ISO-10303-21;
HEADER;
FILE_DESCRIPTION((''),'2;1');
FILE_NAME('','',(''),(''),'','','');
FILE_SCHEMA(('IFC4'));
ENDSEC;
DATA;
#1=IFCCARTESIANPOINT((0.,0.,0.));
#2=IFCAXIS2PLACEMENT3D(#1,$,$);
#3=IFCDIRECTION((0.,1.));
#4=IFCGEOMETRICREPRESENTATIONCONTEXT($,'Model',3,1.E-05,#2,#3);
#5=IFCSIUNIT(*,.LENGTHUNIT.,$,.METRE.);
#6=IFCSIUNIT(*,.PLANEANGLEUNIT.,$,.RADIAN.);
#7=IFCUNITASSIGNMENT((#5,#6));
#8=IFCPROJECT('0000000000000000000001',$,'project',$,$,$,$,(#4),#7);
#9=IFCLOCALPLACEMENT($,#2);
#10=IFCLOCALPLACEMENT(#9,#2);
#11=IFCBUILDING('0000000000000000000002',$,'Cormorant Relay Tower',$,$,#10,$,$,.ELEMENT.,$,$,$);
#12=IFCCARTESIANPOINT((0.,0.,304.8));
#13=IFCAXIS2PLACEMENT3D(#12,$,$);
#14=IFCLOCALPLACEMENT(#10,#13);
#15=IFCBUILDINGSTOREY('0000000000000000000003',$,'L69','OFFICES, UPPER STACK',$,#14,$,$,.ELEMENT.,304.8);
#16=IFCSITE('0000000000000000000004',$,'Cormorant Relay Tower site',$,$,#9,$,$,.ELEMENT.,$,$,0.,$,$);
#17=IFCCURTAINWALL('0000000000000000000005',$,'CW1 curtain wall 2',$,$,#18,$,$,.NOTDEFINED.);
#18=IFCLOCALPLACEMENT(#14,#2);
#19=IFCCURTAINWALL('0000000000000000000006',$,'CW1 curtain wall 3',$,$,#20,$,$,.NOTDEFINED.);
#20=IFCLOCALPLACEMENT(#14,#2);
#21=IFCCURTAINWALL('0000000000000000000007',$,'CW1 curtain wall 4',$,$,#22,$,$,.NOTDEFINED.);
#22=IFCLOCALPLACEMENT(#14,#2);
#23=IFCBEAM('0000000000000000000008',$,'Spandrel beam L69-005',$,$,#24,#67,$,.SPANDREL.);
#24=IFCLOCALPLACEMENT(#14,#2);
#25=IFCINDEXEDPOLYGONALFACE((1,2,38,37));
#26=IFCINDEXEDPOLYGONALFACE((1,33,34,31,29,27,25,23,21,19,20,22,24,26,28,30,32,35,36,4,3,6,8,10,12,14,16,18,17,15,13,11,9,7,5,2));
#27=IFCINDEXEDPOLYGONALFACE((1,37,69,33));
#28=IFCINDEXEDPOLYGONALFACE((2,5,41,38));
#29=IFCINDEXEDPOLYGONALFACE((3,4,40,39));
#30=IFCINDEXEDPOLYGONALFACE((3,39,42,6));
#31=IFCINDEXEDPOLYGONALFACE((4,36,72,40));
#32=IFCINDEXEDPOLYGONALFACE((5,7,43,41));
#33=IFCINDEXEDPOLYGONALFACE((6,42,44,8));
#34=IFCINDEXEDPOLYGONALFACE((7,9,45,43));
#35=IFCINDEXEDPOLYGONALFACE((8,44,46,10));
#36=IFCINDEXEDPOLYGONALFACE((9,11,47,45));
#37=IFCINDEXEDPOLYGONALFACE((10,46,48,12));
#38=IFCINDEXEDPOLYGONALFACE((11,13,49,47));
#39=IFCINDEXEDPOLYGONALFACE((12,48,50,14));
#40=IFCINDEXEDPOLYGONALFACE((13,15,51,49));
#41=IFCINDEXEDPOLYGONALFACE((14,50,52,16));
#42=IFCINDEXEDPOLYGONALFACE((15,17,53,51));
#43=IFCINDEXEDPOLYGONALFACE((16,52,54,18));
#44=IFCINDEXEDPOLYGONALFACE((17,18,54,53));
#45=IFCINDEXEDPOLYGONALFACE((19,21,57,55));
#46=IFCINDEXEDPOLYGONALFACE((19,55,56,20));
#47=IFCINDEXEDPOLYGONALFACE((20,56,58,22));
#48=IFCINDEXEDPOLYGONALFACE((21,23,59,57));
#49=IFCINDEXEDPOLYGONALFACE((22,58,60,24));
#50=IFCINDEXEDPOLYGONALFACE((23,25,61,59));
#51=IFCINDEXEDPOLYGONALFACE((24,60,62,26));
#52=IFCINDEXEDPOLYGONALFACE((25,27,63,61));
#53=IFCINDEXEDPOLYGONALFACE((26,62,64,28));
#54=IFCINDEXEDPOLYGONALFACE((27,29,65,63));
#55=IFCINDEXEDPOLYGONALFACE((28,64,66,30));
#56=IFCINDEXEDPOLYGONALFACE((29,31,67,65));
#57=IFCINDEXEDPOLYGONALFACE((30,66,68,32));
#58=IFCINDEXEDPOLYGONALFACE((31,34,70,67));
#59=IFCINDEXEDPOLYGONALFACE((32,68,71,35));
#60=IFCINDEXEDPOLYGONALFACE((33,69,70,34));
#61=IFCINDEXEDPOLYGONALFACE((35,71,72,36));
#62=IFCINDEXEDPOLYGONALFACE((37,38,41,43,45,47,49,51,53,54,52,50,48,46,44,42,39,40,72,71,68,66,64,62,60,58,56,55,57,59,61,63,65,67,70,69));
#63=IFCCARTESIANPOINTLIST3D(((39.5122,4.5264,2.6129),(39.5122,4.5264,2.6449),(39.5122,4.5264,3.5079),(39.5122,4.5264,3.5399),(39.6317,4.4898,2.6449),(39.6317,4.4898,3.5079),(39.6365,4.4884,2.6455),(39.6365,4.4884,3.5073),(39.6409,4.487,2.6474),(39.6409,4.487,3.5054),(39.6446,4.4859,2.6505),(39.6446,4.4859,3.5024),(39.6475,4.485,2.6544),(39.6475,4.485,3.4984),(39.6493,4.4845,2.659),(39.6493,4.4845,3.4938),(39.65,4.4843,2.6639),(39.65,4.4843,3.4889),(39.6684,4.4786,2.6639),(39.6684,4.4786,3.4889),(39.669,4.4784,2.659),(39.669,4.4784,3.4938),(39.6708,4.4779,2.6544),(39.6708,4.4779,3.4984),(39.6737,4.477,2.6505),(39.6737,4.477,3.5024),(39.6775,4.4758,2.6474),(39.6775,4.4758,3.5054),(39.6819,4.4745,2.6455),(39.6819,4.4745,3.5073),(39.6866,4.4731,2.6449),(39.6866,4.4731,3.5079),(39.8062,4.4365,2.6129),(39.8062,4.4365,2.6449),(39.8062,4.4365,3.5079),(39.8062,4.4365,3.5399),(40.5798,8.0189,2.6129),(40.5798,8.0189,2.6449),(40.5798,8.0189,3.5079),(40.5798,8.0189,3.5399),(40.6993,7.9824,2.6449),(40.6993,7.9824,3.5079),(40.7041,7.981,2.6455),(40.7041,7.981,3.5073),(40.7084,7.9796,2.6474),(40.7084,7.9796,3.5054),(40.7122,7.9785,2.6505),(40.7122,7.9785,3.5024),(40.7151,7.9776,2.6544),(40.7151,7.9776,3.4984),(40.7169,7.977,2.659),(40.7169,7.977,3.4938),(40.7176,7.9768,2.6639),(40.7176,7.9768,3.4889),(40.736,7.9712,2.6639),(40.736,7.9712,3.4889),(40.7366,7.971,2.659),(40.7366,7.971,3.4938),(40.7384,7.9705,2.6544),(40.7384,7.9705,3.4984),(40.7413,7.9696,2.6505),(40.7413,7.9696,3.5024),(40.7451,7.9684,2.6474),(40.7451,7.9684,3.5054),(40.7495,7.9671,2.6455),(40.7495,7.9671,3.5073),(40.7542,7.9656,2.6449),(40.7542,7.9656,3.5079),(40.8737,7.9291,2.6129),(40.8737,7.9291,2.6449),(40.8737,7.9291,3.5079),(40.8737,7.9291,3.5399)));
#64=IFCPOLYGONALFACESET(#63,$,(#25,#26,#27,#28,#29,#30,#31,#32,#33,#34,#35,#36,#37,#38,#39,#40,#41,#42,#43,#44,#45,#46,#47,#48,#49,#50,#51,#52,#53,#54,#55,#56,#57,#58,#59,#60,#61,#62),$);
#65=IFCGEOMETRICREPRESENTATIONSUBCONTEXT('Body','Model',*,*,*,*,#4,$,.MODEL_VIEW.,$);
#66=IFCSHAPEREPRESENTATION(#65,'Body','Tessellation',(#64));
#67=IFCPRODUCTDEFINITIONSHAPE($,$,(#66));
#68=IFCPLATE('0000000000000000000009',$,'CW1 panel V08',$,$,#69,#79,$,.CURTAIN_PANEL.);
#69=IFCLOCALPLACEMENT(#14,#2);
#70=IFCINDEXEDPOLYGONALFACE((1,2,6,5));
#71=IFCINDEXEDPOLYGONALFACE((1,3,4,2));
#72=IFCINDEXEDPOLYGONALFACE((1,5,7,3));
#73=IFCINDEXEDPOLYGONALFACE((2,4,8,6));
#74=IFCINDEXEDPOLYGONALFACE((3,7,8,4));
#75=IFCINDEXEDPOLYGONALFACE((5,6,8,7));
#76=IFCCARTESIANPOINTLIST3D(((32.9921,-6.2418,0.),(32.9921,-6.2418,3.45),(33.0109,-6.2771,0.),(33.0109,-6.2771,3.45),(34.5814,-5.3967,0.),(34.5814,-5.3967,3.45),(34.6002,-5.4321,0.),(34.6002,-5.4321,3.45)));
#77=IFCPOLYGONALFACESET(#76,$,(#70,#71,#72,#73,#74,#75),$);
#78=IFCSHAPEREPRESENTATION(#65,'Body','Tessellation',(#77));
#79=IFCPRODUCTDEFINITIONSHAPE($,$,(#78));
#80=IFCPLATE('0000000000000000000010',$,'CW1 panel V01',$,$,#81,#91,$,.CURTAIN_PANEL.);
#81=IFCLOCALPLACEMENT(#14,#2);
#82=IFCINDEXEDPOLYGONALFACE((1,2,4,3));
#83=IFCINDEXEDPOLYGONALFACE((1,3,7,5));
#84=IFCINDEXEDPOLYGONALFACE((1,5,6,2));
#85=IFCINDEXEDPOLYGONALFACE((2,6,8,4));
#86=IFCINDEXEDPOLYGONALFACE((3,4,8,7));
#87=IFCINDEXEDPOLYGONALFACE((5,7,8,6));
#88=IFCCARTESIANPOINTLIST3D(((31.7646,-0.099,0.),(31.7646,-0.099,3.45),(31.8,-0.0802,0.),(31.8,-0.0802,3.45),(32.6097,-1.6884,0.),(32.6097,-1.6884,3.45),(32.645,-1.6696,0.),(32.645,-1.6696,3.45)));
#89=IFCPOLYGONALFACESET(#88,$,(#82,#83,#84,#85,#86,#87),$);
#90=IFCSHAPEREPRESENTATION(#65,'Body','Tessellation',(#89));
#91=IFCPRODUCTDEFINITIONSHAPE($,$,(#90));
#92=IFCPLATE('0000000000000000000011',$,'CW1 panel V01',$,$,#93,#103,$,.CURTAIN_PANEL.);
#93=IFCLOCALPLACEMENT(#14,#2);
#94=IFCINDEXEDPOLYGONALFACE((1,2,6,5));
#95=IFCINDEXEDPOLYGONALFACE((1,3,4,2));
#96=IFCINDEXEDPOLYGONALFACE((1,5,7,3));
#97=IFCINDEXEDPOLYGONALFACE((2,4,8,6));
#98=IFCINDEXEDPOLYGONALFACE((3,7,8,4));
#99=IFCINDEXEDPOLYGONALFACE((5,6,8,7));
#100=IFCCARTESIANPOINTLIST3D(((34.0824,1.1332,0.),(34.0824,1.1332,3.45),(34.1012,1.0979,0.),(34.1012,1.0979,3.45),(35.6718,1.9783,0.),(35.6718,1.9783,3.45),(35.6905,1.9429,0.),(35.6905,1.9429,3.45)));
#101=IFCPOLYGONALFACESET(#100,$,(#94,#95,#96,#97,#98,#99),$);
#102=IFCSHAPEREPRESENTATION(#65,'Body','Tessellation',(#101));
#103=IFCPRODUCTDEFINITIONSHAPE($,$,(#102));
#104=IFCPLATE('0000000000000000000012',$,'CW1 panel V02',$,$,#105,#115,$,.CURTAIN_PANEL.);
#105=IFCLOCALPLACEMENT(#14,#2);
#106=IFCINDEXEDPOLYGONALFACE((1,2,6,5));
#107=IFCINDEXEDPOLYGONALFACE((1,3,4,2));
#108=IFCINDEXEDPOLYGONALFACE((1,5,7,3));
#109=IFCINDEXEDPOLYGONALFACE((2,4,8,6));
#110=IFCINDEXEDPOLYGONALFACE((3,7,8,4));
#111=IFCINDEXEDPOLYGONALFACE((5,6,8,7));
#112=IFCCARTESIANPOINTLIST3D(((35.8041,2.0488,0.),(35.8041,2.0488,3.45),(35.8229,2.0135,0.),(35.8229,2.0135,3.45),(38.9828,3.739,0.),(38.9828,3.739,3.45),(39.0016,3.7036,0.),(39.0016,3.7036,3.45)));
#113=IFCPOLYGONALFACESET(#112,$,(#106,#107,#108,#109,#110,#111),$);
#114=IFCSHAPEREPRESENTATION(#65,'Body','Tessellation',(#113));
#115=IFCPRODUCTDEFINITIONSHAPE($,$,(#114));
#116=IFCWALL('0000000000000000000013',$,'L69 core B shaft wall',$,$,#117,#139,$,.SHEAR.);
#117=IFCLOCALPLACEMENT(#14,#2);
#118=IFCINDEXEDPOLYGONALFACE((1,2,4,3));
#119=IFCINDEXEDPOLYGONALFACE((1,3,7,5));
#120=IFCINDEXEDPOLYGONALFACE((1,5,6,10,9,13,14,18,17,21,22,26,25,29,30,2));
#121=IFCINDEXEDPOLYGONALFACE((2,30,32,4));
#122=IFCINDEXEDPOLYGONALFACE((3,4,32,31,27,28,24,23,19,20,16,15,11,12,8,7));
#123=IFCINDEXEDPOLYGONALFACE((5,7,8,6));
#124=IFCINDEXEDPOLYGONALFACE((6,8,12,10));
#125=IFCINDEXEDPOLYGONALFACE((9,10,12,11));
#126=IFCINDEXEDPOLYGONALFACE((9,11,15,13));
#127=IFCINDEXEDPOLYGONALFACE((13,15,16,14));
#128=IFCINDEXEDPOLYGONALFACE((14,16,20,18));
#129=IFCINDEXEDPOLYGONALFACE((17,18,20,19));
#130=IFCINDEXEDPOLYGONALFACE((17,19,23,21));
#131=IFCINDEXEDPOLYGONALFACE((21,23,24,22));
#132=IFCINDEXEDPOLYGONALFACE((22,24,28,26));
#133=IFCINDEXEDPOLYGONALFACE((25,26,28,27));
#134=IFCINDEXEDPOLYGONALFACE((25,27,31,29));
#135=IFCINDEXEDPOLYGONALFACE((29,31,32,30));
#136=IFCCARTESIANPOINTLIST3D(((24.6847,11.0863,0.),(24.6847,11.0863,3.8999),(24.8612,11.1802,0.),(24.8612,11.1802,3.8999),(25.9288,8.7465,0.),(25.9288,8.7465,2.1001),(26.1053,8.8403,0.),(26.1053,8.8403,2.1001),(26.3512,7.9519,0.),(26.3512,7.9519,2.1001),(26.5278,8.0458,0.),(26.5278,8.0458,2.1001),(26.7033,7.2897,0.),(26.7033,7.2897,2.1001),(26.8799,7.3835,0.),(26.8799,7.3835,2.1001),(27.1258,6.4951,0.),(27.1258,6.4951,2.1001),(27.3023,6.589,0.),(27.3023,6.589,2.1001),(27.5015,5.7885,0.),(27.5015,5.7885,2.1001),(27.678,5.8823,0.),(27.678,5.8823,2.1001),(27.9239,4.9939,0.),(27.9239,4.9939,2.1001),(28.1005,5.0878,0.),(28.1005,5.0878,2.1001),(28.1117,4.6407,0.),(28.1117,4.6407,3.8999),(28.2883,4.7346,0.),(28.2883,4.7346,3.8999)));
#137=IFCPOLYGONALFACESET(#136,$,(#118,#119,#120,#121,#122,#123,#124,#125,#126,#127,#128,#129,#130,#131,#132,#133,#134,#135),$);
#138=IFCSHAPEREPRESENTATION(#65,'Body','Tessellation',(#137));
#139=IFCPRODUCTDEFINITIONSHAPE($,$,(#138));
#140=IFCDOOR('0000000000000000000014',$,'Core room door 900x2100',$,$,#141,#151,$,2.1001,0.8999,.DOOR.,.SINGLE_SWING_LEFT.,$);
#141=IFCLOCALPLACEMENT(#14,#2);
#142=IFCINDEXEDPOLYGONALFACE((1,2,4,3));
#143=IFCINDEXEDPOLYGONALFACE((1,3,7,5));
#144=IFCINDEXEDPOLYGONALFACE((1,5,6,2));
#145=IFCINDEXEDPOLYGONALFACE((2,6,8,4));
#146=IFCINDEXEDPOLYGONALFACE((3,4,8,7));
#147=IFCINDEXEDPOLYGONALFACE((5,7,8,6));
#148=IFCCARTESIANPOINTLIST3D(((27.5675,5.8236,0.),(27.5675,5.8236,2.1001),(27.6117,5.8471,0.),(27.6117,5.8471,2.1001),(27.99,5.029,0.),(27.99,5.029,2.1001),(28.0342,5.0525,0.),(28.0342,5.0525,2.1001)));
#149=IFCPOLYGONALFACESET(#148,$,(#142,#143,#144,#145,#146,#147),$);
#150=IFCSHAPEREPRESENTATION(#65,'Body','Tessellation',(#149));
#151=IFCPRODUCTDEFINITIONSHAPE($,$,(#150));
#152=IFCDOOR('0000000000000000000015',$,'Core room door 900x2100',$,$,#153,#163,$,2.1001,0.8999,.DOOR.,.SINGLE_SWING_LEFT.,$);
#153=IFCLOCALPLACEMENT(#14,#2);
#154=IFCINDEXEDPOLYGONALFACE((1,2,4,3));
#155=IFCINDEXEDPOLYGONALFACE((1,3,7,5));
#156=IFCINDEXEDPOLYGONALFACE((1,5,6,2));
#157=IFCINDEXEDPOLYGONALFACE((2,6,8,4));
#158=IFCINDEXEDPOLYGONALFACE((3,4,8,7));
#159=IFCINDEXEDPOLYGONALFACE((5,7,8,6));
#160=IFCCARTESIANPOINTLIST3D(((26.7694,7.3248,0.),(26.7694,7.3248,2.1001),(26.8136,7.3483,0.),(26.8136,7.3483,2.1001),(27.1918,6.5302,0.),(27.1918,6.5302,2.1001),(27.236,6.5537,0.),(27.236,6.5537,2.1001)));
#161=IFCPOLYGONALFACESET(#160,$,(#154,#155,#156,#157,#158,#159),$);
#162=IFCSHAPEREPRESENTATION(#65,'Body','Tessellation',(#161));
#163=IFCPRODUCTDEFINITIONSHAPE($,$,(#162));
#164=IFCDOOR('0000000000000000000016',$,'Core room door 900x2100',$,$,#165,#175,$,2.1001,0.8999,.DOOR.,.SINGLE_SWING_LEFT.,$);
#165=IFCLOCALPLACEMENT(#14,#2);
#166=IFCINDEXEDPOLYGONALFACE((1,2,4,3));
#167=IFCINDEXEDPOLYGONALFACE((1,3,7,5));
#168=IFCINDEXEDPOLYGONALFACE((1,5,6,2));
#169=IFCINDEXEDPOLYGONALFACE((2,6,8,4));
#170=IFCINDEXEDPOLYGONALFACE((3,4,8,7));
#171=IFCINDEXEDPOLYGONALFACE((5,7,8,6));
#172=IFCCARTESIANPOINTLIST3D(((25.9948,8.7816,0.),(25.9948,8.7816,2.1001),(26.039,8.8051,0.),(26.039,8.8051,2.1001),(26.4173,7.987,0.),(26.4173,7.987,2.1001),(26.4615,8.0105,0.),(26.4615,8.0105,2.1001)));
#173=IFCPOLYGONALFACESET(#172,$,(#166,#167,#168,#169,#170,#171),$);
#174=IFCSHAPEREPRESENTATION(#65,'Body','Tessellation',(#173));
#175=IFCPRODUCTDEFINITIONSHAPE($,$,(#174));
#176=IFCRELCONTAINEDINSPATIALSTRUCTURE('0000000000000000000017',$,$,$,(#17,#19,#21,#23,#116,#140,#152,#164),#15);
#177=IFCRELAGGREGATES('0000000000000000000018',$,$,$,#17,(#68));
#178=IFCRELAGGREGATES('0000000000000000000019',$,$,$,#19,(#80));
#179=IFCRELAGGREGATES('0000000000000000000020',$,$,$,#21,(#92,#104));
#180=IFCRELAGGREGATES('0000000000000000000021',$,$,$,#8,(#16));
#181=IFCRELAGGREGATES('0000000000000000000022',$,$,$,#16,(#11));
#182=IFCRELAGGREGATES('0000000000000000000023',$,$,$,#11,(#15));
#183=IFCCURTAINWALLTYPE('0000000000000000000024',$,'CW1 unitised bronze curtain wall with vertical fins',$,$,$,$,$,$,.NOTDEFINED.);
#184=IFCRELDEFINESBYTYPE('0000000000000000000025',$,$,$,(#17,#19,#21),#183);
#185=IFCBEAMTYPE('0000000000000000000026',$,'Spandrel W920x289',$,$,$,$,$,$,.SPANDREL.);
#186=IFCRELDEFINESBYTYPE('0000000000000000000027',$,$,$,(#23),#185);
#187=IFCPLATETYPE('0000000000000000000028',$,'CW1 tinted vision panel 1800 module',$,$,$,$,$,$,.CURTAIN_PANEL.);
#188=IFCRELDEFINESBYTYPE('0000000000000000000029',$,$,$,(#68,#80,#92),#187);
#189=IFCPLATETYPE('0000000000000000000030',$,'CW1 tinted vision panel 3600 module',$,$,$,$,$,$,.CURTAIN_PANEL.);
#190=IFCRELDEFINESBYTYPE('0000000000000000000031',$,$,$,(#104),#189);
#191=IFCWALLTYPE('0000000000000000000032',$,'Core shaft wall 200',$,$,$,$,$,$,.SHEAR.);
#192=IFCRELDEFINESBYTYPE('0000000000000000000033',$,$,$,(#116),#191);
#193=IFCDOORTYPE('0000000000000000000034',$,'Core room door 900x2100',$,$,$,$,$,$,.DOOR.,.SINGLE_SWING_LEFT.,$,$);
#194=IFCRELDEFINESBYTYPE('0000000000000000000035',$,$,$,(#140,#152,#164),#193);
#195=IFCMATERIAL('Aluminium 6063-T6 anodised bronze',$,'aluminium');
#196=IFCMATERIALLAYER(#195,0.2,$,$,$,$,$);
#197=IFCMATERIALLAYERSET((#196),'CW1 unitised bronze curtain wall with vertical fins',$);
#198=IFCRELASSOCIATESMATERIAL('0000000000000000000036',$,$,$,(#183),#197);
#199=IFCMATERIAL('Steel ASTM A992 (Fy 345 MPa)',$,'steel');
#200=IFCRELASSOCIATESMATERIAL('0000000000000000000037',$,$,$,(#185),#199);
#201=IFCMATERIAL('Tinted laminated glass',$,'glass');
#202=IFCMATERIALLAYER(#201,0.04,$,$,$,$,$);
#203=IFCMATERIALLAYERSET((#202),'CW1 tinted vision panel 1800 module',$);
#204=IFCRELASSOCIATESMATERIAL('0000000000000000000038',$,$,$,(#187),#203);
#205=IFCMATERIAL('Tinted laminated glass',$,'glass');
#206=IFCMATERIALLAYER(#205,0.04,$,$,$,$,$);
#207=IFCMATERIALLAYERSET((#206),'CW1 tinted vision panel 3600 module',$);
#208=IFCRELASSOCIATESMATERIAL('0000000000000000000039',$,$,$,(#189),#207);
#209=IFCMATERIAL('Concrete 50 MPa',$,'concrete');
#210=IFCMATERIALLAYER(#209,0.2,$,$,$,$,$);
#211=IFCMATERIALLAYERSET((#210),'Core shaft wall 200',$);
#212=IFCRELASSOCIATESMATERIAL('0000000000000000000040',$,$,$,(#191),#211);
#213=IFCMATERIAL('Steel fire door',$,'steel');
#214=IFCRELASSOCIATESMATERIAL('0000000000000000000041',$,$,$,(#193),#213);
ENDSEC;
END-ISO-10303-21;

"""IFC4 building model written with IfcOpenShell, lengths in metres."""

from ifc_helpers import new_model, si_unit, direction, frame, frame_2d, origin, origin_2d, place, context, subcontext, project, spatial, rectangle, i_section, extrude, material, layer, layer_set, material_profile, profile_set, type_object, element, fill, aggregate, save


model = new_model("IFC4")

# Units and contexts
model_context = context("Model", 3, precision=1e-05, world=origin(), true_north=direction((0.0, 1.0)))
body_context = subcontext(model_context, "Body", "Model", "MODEL_VIEW")
ifc_project = project(units=[si_unit("LENGTHUNIT", "METRE"), si_unit("PLANEANGLEUNIT", "RADIAN")], contexts=[model_context])

# Site, building, storey
site_placement = place(None, origin())
site = spatial("IfcSite", under=ifc_project, at=site_placement, Name="Cormorant Relay Tower site", CompositionType="ELEMENT", RefElevation=0.0)
building_placement = place(site_placement, origin())
building = spatial("IfcBuilding", under=site, at=building_placement, Name="Cormorant Relay Tower", CompositionType="ELEMENT")
storey_placement = place(building_placement, frame((0.0, 0.0, 304.8)))
storey = spatial("IfcBuildingStorey", under=building, at=storey_placement, Name="L69", Description="OFFICES, UPPER STACK", CompositionType="ELEMENT", Elevation=304.8)

# Curtain walls
ifc_material_1 = material(Name="Aluminium 6063-T6 anodised bronze", Category="aluminium")
ifc_layer_1 = layer(ifc_material_1, 0.2)
ifc_layer_set_1 = layer_set([ifc_layer_1], Name="CW1 unitised bronze curtain wall with vertical fins")
curtain_wall_type = type_object("IfcCurtainWallType", Name="CW1 unitised bronze curtain wall with vertical fins", PredefinedType="NOTDEFINED", material=ifc_layer_set_1)
curtain_wall_1_placement = place(storey_placement, origin())
curtain_wall_1 = element("IfcCurtainWall", 1, at=curtain_wall_1_placement, inside=storey, type_object=curtain_wall_type, Name="CW1 curtain wall 2", PredefinedType="NOTDEFINED")
curtain_wall_2_placement = place(storey_placement, origin())
curtain_wall_2 = element("IfcCurtainWall", 2, at=curtain_wall_2_placement, inside=storey, type_object=curtain_wall_type, Name="CW1 curtain wall 3", PredefinedType="NOTDEFINED")

# Curtain wall
curtain_wall_3_placement = place(storey_placement, origin())
curtain_wall_3 = element("IfcCurtainWall", 3, at=curtain_wall_3_placement, inside=storey, type_object=curtain_wall_type, Name="CW1 curtain wall 4", PredefinedType="NOTDEFINED")

# Beam
ifc_material_2 = material(Name="Steel ASTM A992 (Fy 345 MPa)", Category="steel")
ifc_material_profile_1 = material_profile(ifc_material_2, i_section(OverallWidth=0.3074, OverallDepth=0.927, WebThickness=0.0193, FlangeThickness=0.032, FilletRadius=0.019, at=origin_2d()), Name="W920x289")
ifc_profile_set_1 = profile_set([ifc_material_profile_1], Name="Steel ASTM A992 (Fy 345 MPa)")
beam_type = type_object("IfcBeamType", Name="Spandrel W920x289", PredefinedType="SPANDREL", material=ifc_profile_set_1)
beam_1_placement = place(storey_placement, frame((39.6592, 4.4814, 3.0764), z_axis=(0.292324, 0.956319, 0.0), x_axis=(-0.956319, 0.292324, 0.0)))
element("IfcBeam", 4, at=beam_1_placement, inside=storey, type_object=beam_type, Name="Spandrel beam L69-005", PredefinedType="SPANDREL", context=body_context, shape_type="SweptSolid", body=[
    extrude(i_section(OverallWidth=0.3074, OverallDepth=0.927, WebThickness=0.0193, FlangeThickness=0.032, FilletRadius=0.019, at=origin_2d()), origin(), (0.0, 0.0, 1.0), 3.6521),
])

# Plates
ifc_material_3 = material(Name="Tinted laminated glass", Category="glass")
ifc_layer_2 = layer(ifc_material_3, 0.04)
ifc_layer_set_2 = layer_set([ifc_layer_2], Name="CW1 tinted vision panel 1800 module")
plate_type_1 = type_object("IfcPlateType", Name="CW1 tinted vision panel 1800 module", PredefinedType="CURTAIN_PANEL", material=ifc_layer_set_2)
plate_1_placement = place(storey_placement, frame((33.7961, -5.8369, 0.0), z_axis=(0.0, 0.0, 1.0), x_axis=(0.882948, 0.469472, 0.0)))
plate_1 = element("IfcPlate", 5, at=plate_1_placement, type_object=plate_type_1, Name="CW1 panel V08", PredefinedType="CURTAIN_PANEL", context=body_context, shape_type="SweptSolid", body=[
    extrude(rectangle(XDim=1.8, YDim=0.04, at=origin_2d()), origin(), (0.0, 0.0, 1.0), 3.45),
])
plate_2_placement = place(storey_placement, frame((32.2048, -0.8843, 0.0), z_axis=(0.0, 0.0, 1.0), x_axis=(-0.469472, 0.882948, 0.0)))
plate_2 = element("IfcPlate", 6, at=plate_2_placement, type_object=plate_type_1, Name="CW1 panel V01", PredefinedType="CURTAIN_PANEL", context=body_context, shape_type="SweptSolid", body=[
    extrude(rectangle(XDim=1.8, YDim=0.04, at=origin_2d()), origin(), (0.0, 0.0, 1.0), 3.45),
])
plate_3_placement = place(storey_placement, frame((34.8865, 1.5381, 0.0), z_axis=(0.0, 0.0, 1.0), x_axis=(0.882948, 0.469472, 0.0)))
plate_3 = element("IfcPlate", 7, at=plate_3_placement, type_object=plate_type_1, Name="CW1 panel V01", PredefinedType="CURTAIN_PANEL", context=body_context, shape_type="SweptSolid", body=[
    extrude(rectangle(XDim=1.8, YDim=0.04, at=origin_2d()), origin(), (0.0, 0.0, 1.0), 3.45),
])
ifc_material_4 = material(Name="Tinted laminated glass", Category="glass")
ifc_layer_3 = layer(ifc_material_4, 0.04)
ifc_layer_set_3 = layer_set([ifc_layer_3], Name="CW1 tinted vision panel 3600 module")
plate_type_2 = type_object("IfcPlateType", Name="CW1 tinted vision panel 3600 module", PredefinedType="CURTAIN_PANEL", material=ifc_layer_set_3)
plate_4_placement = place(storey_placement, frame((37.4028, 2.8762, 0.0), z_axis=(0.0, 0.0, 1.0), x_axis=(0.882948, 0.469472, 0.0)))
plate_4 = element("IfcPlate", 8, at=plate_4_placement, type_object=plate_type_2, Name="CW1 panel V02", PredefinedType="CURTAIN_PANEL", context=body_context, shape_type="SweptSolid", body=[
    extrude(rectangle(XDim=3.6001, YDim=0.04, at=origin_2d()), origin(), (0.0, 0.0, 1.0), 3.45),
])

# Wall, openings, doors
ifc_material_5 = material(Name="Concrete 50 MPa", Category="concrete")
ifc_layer_4 = layer(ifc_material_5, 0.2)
ifc_layer_set_4 = layer_set([ifc_layer_4], Name="Core shaft wall 200")
wall_type_1 = type_object("IfcWallType", Name="Core shaft wall 200", PredefinedType="SHEAR", material=ifc_layer_set_4)
wall_1_placement = place(storey_placement, frame((28.2, 4.6877, 0.0), z_axis=(0.0, 0.0, 1.0), x_axis=(-0.469454, 0.882957, 0.0)))
wall_1 = element("IfcWall", 9, at=wall_1_placement, inside=storey, type_object=wall_type_1, Name="L69 core B shaft wall", PredefinedType="SHEAR", context=body_context, shape_type="SweptSolid", body=[
    extrude(rectangle(XDim=7.3, YDim=0.2, at=frame_2d((3.6499, 0.0))), origin(), (0.0, 0.0, 1.0), 3.8999),
])
opening_1_placement = place(wall_1_placement, frame((0.3999, 0.0, 0.0)))
opening_1 = element("IfcOpeningElement", 10, at=opening_1_placement, cuts=wall_1, PredefinedType="OPENING", context=body_context, shape_type="SweptSolid", body=[
    extrude(rectangle(XDim=0.8999, YDim=2.1001, at=frame_2d((0.45, 1.05))), frame((0.0, 0.1099, 0.0), z_axis=(0.0, -1.0, 0.0), x_axis=(1.0, 0.0, 0.0)), (0.0, 0.0, 1.0), 0.22),
])
opening_2_placement = place(wall_1_placement, frame((2.1001, 0.0, 0.0)))
opening_2 = element("IfcOpeningElement", 11, at=opening_2_placement, cuts=wall_1, PredefinedType="OPENING", context=body_context, shape_type="SweptSolid", body=[
    extrude(rectangle(XDim=0.8999, YDim=2.1001, at=frame_2d((0.45, 1.05))), frame((0.0, 0.1099, 0.0), z_axis=(0.0, -1.0, 0.0), x_axis=(1.0, 0.0, 0.0)), (0.0, 0.0, 1.0), 0.22),
])
opening_3_placement = place(wall_1_placement, frame((3.75, 0.0, 0.0)))
opening_3 = element("IfcOpeningElement", 12, at=opening_3_placement, cuts=wall_1, PredefinedType="OPENING", context=body_context, shape_type="SweptSolid", body=[
    extrude(rectangle(XDim=0.8999, YDim=2.1001, at=frame_2d((0.45, 1.05))), frame((0.0, 0.1099, 0.0), z_axis=(0.0, -1.0, 0.0), x_axis=(1.0, 0.0, 0.0)), (0.0, 0.0, 1.0), 0.22),
])
ifc_material_6 = material(Name="Steel fire door", Category="steel")
door_type_1 = type_object("IfcDoorType", Name="Core room door 900x2100", OperationType="SINGLE_SWING_LEFT", PredefinedType="DOOR", material=ifc_material_6)
door_1_placement = place(opening_1_placement, frame((0.8999, 0.0, 0.0), z_axis=(0.0, 0.0, 1.0), x_axis=(-1.0, 0.0, 0.0)))
door_1 = element("IfcDoor", 13, at=door_1_placement, inside=storey, type_object=door_type_1, Name="Core room door 900x2100", OperationType="SINGLE_SWING_LEFT", OverallHeight=2.1001, OverallWidth=0.8999, PredefinedType="DOOR", context=body_context, shape_type="SweptSolid", body=[
    extrude(rectangle(XDim=0.8999, YDim=2.1001, at=frame_2d((0.45, 1.05))), frame((0.0, 0.0249, 0.0), z_axis=(0.0, -1.0, 0.0), x_axis=(1.0, 0.0, 0.0)), (0.0, 0.0, 1.0), 0.05),
])
fill(opening_1, door_1)
door_2_placement = place(opening_2_placement, frame((0.8999, 0.0, 0.0), z_axis=(0.0, 0.0, 1.0), x_axis=(-1.0, 0.0, 0.0)))
door_2 = element("IfcDoor", 14, at=door_2_placement, inside=storey, type_object=door_type_1, Name="Core room door 900x2100", OperationType="SINGLE_SWING_LEFT", OverallHeight=2.1001, OverallWidth=0.8999, PredefinedType="DOOR", context=body_context, shape_type="SweptSolid", body=[
    extrude(rectangle(XDim=0.8999, YDim=2.1001, at=frame_2d((0.45, 1.05))), frame((0.0, 0.0249, 0.0), z_axis=(0.0, -1.0, 0.0), x_axis=(1.0, 0.0, 0.0)), (0.0, 0.0, 1.0), 0.05),
])
fill(opening_2, door_2)
door_3_placement = place(opening_3_placement, frame((0.8999, 0.0, 0.0), z_axis=(0.0, 0.0, 1.0), x_axis=(-1.0, 0.0, 0.0)))
door_3 = element("IfcDoor", 15, at=door_3_placement, inside=storey, type_object=door_type_1, Name="Core room door 900x2100", OperationType="SINGLE_SWING_LEFT", OverallHeight=2.1001, OverallWidth=0.8999, PredefinedType="DOOR", context=body_context, shape_type="SweptSolid", body=[
    extrude(rectangle(XDim=0.8999, YDim=2.1001, at=frame_2d((0.45, 1.05))), frame((0.0, 0.0249, 0.0), z_axis=(0.0, -1.0, 0.0), x_axis=(1.0, 0.0, 0.0)), (0.0, 0.0, 1.0), 0.05),
])
fill(opening_3, door_3)

aggregate(curtain_wall_1, [plate_1])
aggregate(curtain_wall_2, [plate_2])
aggregate(curtain_wall_3, [plate_3, plate_4])

save(model, "model.ifc")
